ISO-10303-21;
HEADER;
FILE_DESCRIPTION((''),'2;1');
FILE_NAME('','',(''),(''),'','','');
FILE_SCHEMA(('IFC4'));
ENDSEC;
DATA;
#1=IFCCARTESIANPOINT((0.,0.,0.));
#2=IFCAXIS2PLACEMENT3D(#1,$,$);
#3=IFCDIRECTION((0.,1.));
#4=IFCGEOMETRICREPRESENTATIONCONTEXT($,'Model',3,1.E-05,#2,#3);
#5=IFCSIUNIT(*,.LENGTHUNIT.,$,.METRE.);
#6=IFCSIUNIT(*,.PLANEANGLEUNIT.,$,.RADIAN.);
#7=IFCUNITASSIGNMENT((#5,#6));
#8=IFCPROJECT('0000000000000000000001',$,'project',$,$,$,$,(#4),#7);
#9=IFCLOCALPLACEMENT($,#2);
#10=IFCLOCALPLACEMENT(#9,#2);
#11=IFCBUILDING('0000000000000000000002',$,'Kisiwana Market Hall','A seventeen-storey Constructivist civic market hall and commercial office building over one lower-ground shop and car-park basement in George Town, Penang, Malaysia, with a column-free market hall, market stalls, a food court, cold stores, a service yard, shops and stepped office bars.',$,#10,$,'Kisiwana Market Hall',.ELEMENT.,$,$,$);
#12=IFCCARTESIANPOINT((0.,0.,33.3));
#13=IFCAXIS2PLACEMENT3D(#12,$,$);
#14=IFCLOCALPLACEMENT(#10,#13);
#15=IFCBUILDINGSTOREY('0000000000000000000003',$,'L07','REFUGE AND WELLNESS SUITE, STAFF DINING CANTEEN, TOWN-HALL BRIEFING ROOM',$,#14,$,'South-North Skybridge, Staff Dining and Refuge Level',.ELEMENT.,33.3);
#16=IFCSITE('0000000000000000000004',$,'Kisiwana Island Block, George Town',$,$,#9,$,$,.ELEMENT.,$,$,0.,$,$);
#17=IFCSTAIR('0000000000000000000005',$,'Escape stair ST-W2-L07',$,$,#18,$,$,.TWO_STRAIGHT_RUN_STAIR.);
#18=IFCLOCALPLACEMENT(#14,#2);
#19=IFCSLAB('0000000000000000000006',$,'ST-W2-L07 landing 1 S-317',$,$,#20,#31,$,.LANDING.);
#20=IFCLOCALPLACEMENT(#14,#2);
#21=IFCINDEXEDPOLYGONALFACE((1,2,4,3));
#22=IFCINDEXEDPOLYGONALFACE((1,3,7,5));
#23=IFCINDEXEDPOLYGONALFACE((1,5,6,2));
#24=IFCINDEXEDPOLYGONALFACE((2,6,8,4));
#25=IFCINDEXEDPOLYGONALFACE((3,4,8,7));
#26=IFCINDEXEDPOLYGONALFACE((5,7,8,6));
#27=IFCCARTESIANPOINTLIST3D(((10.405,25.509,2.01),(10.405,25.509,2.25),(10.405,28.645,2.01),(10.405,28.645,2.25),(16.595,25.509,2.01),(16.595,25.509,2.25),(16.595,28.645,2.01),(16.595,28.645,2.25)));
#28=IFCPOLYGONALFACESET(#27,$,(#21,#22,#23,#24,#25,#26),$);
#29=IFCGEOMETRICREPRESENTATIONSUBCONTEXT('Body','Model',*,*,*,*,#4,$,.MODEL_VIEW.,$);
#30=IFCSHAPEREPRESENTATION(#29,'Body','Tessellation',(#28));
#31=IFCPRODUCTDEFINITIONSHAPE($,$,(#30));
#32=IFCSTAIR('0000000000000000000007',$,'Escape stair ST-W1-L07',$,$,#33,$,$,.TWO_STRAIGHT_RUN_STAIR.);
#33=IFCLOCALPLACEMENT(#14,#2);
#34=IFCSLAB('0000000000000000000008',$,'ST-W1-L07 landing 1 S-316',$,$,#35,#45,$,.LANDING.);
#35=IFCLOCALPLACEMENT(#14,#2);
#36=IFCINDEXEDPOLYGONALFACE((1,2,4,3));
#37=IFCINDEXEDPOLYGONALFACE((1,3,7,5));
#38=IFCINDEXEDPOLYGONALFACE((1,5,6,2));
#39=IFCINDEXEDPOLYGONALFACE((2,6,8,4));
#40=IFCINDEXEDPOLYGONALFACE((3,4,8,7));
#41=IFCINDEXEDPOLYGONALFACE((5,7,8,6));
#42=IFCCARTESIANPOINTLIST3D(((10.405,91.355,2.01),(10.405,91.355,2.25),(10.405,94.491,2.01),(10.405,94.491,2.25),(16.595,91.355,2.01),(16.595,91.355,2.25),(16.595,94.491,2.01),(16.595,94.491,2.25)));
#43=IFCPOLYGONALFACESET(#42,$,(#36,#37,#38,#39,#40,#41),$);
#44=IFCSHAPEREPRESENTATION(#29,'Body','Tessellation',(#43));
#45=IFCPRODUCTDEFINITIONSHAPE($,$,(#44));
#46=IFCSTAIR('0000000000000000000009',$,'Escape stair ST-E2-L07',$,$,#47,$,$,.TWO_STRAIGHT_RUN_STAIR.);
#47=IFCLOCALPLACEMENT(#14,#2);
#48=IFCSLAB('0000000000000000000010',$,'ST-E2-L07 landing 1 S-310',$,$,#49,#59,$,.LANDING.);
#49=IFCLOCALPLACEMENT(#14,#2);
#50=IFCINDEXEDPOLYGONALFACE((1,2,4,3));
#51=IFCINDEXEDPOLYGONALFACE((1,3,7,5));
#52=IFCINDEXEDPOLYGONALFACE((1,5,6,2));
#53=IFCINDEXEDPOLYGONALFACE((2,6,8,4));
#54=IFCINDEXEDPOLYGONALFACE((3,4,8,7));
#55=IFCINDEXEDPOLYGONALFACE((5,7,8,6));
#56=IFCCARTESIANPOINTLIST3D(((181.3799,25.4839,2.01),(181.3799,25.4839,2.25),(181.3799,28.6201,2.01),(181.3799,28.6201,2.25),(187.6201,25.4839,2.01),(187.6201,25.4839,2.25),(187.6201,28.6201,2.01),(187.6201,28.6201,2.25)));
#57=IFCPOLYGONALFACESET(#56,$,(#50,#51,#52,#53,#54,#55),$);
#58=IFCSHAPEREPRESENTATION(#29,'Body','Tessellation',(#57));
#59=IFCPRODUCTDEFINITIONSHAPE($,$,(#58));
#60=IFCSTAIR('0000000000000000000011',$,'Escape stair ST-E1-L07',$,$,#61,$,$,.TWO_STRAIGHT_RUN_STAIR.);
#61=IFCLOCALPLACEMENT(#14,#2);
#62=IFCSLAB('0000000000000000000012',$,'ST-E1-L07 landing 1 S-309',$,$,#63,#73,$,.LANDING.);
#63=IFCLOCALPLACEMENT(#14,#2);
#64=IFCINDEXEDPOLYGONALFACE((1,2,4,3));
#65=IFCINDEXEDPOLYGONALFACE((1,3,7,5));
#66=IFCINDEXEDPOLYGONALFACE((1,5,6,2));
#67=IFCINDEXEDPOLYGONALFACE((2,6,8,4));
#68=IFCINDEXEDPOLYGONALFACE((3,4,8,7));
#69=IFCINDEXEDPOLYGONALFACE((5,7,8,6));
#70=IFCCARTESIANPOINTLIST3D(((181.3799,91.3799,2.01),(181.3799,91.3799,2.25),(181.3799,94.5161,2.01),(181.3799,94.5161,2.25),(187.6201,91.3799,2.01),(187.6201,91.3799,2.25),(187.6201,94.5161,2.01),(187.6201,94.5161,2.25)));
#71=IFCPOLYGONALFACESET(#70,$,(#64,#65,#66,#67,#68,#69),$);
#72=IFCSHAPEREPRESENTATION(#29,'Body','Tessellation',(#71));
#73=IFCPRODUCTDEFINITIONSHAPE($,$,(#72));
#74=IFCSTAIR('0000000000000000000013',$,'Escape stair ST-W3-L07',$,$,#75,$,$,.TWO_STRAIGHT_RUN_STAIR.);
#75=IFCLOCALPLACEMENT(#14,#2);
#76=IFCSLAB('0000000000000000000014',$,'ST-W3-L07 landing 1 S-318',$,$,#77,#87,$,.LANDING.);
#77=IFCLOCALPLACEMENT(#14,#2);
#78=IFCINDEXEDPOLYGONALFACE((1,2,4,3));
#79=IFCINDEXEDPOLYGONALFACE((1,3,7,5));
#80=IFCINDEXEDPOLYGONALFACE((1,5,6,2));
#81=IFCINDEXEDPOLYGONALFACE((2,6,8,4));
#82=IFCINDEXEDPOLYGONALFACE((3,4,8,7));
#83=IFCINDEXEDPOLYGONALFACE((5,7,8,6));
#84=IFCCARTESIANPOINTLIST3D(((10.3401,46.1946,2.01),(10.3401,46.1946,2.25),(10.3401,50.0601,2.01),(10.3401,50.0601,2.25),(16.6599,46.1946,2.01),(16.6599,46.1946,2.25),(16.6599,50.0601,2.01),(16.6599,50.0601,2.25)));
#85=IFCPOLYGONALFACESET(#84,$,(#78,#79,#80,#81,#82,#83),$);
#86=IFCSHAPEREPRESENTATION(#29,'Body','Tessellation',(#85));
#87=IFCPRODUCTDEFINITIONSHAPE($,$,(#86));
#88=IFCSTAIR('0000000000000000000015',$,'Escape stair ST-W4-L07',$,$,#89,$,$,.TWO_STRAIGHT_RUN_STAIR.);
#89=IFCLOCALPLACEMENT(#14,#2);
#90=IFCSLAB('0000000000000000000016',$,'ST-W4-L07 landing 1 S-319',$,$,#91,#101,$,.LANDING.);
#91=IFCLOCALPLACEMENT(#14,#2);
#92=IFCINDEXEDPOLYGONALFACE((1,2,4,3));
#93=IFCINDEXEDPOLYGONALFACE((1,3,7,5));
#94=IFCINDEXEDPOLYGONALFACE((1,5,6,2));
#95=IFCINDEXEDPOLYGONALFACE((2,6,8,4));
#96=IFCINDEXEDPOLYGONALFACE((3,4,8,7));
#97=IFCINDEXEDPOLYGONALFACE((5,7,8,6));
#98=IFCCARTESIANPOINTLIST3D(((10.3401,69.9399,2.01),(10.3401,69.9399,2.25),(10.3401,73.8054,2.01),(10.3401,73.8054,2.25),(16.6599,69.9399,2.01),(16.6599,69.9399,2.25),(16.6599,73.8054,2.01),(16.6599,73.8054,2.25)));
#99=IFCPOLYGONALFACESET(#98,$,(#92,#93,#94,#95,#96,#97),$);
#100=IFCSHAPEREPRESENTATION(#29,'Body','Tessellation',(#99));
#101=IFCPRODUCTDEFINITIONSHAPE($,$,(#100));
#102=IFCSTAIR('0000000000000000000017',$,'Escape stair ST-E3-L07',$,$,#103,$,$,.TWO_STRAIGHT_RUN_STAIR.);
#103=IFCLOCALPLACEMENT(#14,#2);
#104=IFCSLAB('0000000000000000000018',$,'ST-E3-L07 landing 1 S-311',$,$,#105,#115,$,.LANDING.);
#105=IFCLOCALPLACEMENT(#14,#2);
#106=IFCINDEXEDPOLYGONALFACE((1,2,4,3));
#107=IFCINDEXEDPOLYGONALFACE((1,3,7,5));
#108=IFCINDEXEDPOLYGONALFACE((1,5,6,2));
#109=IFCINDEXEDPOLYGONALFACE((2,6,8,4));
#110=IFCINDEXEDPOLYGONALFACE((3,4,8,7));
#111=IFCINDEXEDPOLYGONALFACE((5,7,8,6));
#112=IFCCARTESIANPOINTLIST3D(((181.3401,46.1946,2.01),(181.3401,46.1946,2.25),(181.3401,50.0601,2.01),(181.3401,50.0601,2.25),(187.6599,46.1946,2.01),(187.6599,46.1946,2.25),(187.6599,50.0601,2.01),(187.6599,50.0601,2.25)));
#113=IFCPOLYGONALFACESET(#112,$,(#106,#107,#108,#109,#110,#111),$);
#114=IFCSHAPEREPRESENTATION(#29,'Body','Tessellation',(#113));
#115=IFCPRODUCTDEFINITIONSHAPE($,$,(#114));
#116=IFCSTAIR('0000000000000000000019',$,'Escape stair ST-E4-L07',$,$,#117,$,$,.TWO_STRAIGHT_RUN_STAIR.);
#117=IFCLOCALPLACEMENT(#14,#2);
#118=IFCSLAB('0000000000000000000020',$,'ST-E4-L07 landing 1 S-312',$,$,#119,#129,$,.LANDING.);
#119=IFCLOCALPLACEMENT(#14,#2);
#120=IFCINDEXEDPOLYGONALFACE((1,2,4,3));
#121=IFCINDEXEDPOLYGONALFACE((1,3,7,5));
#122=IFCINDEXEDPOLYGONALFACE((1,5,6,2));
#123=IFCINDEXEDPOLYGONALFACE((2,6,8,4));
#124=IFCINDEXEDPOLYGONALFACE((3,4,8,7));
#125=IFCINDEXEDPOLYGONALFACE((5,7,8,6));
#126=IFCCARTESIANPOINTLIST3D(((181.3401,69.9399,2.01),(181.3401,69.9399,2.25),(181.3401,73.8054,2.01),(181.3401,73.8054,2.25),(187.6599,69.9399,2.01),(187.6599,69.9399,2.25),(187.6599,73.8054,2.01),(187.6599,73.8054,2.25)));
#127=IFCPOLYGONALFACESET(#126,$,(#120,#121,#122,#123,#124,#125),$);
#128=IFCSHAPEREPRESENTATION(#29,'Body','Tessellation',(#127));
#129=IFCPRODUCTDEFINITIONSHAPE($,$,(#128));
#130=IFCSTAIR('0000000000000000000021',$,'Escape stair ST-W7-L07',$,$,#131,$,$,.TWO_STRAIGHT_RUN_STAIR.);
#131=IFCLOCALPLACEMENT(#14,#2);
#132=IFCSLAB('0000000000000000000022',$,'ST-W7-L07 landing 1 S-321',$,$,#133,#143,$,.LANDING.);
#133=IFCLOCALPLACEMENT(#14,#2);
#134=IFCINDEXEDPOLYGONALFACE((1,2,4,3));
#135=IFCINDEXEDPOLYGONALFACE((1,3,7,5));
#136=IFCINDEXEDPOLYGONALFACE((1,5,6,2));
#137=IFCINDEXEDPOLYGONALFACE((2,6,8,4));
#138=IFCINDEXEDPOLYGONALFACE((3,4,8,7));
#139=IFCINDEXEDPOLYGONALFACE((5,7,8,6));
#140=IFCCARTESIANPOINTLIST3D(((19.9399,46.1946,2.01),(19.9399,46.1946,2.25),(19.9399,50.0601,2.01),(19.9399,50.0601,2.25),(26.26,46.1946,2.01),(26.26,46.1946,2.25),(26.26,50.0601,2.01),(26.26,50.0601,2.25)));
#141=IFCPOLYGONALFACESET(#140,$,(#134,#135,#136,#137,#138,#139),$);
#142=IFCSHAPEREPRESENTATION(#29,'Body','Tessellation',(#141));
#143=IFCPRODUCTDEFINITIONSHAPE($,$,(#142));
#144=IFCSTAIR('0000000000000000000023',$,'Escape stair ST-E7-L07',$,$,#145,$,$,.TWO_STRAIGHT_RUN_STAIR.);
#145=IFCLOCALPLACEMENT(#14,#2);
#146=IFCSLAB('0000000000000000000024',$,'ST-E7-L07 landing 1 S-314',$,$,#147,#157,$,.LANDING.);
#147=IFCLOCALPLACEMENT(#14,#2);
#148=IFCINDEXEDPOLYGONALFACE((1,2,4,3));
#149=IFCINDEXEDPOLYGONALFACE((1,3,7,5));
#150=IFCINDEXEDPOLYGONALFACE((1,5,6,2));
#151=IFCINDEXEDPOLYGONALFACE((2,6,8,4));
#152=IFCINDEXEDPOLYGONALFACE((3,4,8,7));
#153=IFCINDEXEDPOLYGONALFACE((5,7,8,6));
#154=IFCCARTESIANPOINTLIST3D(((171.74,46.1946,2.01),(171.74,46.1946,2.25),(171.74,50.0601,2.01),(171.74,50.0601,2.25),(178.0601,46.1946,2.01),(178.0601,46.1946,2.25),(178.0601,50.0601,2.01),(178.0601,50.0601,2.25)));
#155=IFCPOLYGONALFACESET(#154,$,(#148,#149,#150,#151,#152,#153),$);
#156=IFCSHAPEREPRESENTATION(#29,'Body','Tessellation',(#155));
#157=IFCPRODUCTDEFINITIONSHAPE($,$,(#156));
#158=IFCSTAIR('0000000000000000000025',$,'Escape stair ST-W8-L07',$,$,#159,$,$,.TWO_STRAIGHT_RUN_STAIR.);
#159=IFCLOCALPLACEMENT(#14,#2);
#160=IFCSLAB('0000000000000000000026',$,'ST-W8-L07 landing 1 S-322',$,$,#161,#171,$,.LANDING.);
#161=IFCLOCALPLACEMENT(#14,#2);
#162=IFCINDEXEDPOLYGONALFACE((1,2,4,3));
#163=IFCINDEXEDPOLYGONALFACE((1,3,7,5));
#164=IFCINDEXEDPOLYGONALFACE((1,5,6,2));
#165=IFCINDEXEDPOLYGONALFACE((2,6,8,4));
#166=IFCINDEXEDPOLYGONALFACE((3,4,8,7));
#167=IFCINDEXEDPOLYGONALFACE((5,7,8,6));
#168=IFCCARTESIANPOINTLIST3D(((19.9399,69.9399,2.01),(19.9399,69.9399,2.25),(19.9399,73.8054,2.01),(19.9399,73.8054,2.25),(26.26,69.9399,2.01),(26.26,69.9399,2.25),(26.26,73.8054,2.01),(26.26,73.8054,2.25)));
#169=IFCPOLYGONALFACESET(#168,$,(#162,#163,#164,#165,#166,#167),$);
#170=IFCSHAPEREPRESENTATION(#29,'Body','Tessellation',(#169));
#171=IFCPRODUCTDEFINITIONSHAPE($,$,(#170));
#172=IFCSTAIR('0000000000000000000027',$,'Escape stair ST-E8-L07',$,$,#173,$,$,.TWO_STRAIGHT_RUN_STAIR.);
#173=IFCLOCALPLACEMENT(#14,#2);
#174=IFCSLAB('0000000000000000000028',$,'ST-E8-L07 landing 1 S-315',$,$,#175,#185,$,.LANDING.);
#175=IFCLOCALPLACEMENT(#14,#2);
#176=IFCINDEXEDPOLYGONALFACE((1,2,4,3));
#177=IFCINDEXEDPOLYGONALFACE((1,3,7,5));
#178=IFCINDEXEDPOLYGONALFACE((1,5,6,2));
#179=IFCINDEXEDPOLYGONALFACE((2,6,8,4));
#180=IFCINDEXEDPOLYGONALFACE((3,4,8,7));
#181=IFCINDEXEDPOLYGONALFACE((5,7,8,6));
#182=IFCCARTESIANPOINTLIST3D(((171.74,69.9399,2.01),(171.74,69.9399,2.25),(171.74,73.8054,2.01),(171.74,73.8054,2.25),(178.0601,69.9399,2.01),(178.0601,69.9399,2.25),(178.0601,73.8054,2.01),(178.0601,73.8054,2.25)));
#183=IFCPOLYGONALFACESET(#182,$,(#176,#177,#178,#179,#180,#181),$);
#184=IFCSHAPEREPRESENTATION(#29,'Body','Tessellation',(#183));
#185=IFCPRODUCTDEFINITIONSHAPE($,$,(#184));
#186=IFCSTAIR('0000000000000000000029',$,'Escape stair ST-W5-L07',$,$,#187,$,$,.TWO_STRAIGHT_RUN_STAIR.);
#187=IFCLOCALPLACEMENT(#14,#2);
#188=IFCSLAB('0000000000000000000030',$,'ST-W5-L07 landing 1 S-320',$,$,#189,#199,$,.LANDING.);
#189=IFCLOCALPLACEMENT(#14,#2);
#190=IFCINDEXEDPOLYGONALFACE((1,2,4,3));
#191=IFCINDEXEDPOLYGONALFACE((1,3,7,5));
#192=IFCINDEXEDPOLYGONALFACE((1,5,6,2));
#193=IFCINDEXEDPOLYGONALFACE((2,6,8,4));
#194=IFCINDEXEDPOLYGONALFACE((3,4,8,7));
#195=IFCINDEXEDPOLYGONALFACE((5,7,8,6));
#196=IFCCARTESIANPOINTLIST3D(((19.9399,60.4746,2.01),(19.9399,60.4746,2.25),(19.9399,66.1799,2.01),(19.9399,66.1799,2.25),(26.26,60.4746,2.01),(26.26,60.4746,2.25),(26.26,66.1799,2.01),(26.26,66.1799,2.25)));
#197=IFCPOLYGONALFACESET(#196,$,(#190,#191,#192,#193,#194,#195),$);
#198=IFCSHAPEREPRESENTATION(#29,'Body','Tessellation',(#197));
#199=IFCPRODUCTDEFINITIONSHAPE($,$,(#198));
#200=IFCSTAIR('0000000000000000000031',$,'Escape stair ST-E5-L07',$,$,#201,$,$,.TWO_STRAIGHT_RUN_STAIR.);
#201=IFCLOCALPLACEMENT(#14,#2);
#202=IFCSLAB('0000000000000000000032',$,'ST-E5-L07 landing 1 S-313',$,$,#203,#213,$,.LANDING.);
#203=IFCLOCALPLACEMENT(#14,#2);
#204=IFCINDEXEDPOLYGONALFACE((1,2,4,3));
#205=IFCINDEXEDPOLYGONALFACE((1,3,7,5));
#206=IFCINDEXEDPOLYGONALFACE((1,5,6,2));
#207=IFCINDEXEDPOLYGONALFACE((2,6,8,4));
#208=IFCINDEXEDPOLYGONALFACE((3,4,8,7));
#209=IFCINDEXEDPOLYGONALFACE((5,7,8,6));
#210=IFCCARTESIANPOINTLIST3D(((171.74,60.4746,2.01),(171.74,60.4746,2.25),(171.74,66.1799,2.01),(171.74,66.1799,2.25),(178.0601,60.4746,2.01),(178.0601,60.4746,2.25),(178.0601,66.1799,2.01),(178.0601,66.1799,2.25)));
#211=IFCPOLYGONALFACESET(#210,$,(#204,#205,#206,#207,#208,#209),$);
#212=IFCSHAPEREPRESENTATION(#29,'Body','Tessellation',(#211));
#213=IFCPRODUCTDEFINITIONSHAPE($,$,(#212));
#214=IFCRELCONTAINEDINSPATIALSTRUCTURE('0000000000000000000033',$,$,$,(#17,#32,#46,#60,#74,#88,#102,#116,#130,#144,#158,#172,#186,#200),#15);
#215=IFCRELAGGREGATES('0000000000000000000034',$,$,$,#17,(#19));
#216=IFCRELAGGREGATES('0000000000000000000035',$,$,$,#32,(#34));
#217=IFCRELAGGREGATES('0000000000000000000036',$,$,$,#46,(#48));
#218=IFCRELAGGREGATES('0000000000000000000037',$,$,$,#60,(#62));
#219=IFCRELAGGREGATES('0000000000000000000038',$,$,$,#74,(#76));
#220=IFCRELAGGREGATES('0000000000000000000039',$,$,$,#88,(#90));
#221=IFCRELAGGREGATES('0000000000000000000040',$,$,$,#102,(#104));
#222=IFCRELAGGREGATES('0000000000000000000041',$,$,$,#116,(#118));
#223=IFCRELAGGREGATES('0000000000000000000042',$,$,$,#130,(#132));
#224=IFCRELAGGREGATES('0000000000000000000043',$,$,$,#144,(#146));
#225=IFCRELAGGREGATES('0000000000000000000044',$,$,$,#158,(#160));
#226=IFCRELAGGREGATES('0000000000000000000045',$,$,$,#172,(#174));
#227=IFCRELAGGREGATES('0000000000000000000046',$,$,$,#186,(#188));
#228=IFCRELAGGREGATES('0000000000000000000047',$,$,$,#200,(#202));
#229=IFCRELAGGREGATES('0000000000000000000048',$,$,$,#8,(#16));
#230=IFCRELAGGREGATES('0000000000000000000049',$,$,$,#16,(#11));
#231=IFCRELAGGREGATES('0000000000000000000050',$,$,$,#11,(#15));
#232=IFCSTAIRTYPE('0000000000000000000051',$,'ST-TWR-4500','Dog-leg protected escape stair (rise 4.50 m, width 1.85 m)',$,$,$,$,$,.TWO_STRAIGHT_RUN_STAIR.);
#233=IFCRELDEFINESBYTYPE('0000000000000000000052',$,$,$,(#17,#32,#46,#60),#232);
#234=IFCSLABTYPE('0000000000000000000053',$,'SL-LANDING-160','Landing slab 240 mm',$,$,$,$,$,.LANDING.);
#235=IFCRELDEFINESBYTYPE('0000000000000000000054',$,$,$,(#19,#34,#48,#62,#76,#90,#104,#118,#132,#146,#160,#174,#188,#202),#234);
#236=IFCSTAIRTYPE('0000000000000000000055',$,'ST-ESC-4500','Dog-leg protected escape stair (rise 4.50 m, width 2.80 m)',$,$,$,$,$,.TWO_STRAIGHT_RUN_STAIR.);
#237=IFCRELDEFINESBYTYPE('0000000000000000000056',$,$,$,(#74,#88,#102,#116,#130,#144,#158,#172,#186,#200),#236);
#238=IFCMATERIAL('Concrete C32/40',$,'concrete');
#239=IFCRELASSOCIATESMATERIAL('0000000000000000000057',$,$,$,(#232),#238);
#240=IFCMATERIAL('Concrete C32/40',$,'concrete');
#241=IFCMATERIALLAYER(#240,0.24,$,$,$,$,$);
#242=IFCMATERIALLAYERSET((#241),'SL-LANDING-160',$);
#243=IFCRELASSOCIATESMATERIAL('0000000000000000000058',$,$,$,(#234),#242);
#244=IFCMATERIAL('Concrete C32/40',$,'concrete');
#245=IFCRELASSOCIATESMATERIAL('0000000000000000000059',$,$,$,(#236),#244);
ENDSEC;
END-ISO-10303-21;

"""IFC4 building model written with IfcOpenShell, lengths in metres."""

from ifc_helpers import new_model, si_unit, direction, frame, origin, place, context, subcontext, project, spatial, polyline, outline, extrude, material, layer, layer_set, type_object, element, aggregate, save


model = new_model("IFC4")

# Units and contexts
model_context = context("Model", 3, precision=1e-05, world=origin(), true_north=direction((0.0, 1.0)))
body_context = subcontext(model_context, "Body", "Model", "MODEL_VIEW")
ifc_project = project(units=[si_unit("LENGTHUNIT", "METRE"), si_unit("PLANEANGLEUNIT", "RADIAN")], contexts=[model_context])

# Site, building, storey
site_placement = place(None, origin())
site = spatial("IfcSite", under=ifc_project, at=site_placement, Name="Kisiwana Island Block, George Town", CompositionType="ELEMENT", RefElevation=0.0)
building_placement = place(site_placement, origin())
building = spatial("IfcBuilding", under=site, at=building_placement, Name="Kisiwana Market Hall", Description="A seventeen-storey Constructivist civic market hall and commercial office building over one lower-ground shop and car-park basement in George Town, Penang, Malaysia, with a column-free market hall, market stalls, a food court, cold stores, a service yard, shops and stepped office bars.", LongName="Kisiwana Market Hall", CompositionType="ELEMENT")
storey_placement = place(building_placement, frame((0.0, 0.0, 33.3)))
storey = spatial("IfcBuildingStorey", under=building, at=storey_placement, Name="L07", Description="REFUGE AND WELLNESS SUITE, STAFF DINING CANTEEN, TOWN-HALL BRIEFING ROOM", LongName="South-North Skybridge, Staff Dining and Refuge Level", CompositionType="ELEMENT", Elevation=33.3)

# Stairs, slabs
ifc_material_1 = material(Name="Concrete C32/40", Category="concrete")
stair_type_1 = type_object("IfcStairType", Name="ST-TWR-4500", Description="Dog-leg protected escape stair (rise 4.50 m, width 1.85 m)", PredefinedType="TWO_STRAIGHT_RUN_STAIR", material=ifc_material_1)
stair_1_placement = place(storey_placement, origin())
stair_1 = element("IfcStair", 1, at=stair_1_placement, inside=storey, type_object=stair_type_1, Name="Escape stair ST-W2-L07", PredefinedType="TWO_STRAIGHT_RUN_STAIR")
ifc_material_2 = material(Name="Concrete C32/40", Category="concrete")
ifc_layer_1 = layer(ifc_material_2, 0.24)
ifc_layer_set_1 = layer_set([ifc_layer_1], Name="SL-LANDING-160")
slab_type_1 = type_object("IfcSlabType", Name="SL-LANDING-160", Description="Landing slab 240 mm", PredefinedType="LANDING", material=ifc_layer_set_1)
slab_1_placement = place(storey_placement, frame((0.0, 0.0, 2.01)))
slab_1 = element("IfcSlab", 2, at=slab_1_placement, type_object=slab_type_1, Name="ST-W2-L07 landing 1 S-317", PredefinedType="LANDING", context=body_context, shape_type="SweptSolid", body=[
    extrude(outline(polyline([(10.405, 25.509), (16.595, 25.509), (16.595, 28.645), (10.405, 28.645), (10.405, 25.509)])), origin(), (0.0, 0.0, 1.0), 0.24),
])
aggregate(stair_1, [slab_1])
stair_2_placement = place(storey_placement, origin())
stair_2 = element("IfcStair", 3, at=stair_2_placement, inside=storey, type_object=stair_type_1, Name="Escape stair ST-W1-L07", PredefinedType="TWO_STRAIGHT_RUN_STAIR")
slab_2_placement = place(storey_placement, frame((0.0, 0.0, 2.01)))
slab_2 = element("IfcSlab", 4, at=slab_2_placement, type_object=slab_type_1, Name="ST-W1-L07 landing 1 S-316", PredefinedType="LANDING", context=body_context, shape_type="SweptSolid", body=[
    extrude(outline(polyline([(10.405, 91.355), (16.595, 91.355), (16.595, 94.491), (10.405, 94.491), (10.405, 91.355)])), origin(), (0.0, 0.0, 1.0), 0.24),
])
aggregate(stair_2, [slab_2])
stair_3_placement = place(storey_placement, origin())
stair_3 = element("IfcStair", 5, at=stair_3_placement, inside=storey, type_object=stair_type_1, Name="Escape stair ST-E2-L07", PredefinedType="TWO_STRAIGHT_RUN_STAIR")
slab_3_placement = place(storey_placement, frame((0.0, 0.0, 2.01)))
slab_3 = element("IfcSlab", 6, at=slab_3_placement, type_object=slab_type_1, Name="ST-E2-L07 landing 1 S-310", PredefinedType="LANDING", context=body_context, shape_type="SweptSolid", body=[
    extrude(outline(polyline([(181.3799, 25.4839), (187.6201, 25.4839), (187.6201, 28.6201), (181.3799, 28.6201), (181.3799, 25.4839)])), origin(), (0.0, 0.0, 1.0), 0.24),
])
aggregate(stair_3, [slab_3])
stair_4_placement = place(storey_placement, origin())
stair_4 = element("IfcStair", 7, at=stair_4_placement, inside=storey, type_object=stair_type_1, Name="Escape stair ST-E1-L07", PredefinedType="TWO_STRAIGHT_RUN_STAIR")
slab_4_placement = place(storey_placement, frame((0.0, 0.0, 2.01)))
slab_4 = element("IfcSlab", 8, at=slab_4_placement, type_object=slab_type_1, Name="ST-E1-L07 landing 1 S-309", PredefinedType="LANDING", context=body_context, shape_type="SweptSolid", body=[
    extrude(outline(polyline([(181.3799, 91.3799), (187.6201, 91.3799), (187.6201, 94.5161), (181.3799, 94.5161), (181.3799, 91.3799)])), origin(), (0.0, 0.0, 1.0), 0.24),
])
aggregate(stair_4, [slab_4])
ifc_material_3 = material(Name="Concrete C32/40", Category="concrete")
stair_type_2 = type_object("IfcStairType", Name="ST-ESC-4500", Description="Dog-leg protected escape stair (rise 4.50 m, width 2.80 m)", PredefinedType="TWO_STRAIGHT_RUN_STAIR", material=ifc_material_3)
stair_5_placement = place(storey_placement, origin())
stair_5 = element("IfcStair", 9, at=stair_5_placement, inside=storey, type_object=stair_type_2, Name="Escape stair ST-W3-L07", PredefinedType="TWO_STRAIGHT_RUN_STAIR")
slab_5_placement = place(storey_placement, frame((0.0, 0.0, 2.01)))
slab_5 = element("IfcSlab", 10, at=slab_5_placement, type_object=slab_type_1, Name="ST-W3-L07 landing 1 S-318", PredefinedType="LANDING", context=body_context, shape_type="SweptSolid", body=[
    extrude(outline(polyline([(10.3401, 46.1946), (16.6599, 46.1946), (16.6599, 50.0601), (10.3401, 50.0601), (10.3401, 46.1946)])), origin(), (0.0, 0.0, 1.0), 0.24),
])
aggregate(stair_5, [slab_5])
stair_6_placement = place(storey_placement, origin())
stair_6 = element("IfcStair", 11, at=stair_6_placement, inside=storey, type_object=stair_type_2, Name="Escape stair ST-W4-L07", PredefinedType="TWO_STRAIGHT_RUN_STAIR")
slab_6_placement = place(storey_placement, frame((0.0, 0.0, 2.01)))
slab_6 = element("IfcSlab", 12, at=slab_6_placement, type_object=slab_type_1, Name="ST-W4-L07 landing 1 S-319", PredefinedType="LANDING", context=body_context, shape_type="SweptSolid", body=[
    extrude(outline(polyline([(10.3401, 69.9399), (16.6599, 69.9399), (16.6599, 73.8054), (10.3401, 73.8054), (10.3401, 69.9399)])), origin(), (0.0, 0.0, 1.0), 0.24),
])
aggregate(stair_6, [slab_6])
stair_7_placement = place(storey_placement, origin())
stair_7 = element("IfcStair", 13, at=stair_7_placement, inside=storey, type_object=stair_type_2, Name="Escape stair ST-E3-L07", PredefinedType="TWO_STRAIGHT_RUN_STAIR")
slab_7_placement = place(storey_placement, frame((0.0, 0.0, 2.01)))
slab_7 = element("IfcSlab", 14, at=slab_7_placement, type_object=slab_type_1, Name="ST-E3-L07 landing 1 S-311", PredefinedType="LANDING", context=body_context, shape_type="SweptSolid", body=[
    extrude(outline(polyline([(181.3401, 46.1946), (187.6599, 46.1946), (187.6599, 50.0601), (181.3401, 50.0601), (181.3401, 46.1946)])), origin(), (0.0, 0.0, 1.0), 0.24),
])
aggregate(stair_7, [slab_7])
stair_8_placement = place(storey_placement, origin())
stair_8 = element("IfcStair", 15, at=stair_8_placement, inside=storey, type_object=stair_type_2, Name="Escape stair ST-E4-L07", PredefinedType="TWO_STRAIGHT_RUN_STAIR")
slab_8_placement = place(storey_placement, frame((0.0, 0.0, 2.01)))
slab_8 = element("IfcSlab", 16, at=slab_8_placement, type_object=slab_type_1, Name="ST-E4-L07 landing 1 S-312", PredefinedType="LANDING", context=body_context, shape_type="SweptSolid", body=[
    extrude(outline(polyline([(181.3401, 69.9399), (187.6599, 69.9399), (187.6599, 73.8054), (181.3401, 73.8054), (181.3401, 69.9399)])), origin(), (0.0, 0.0, 1.0), 0.24),
])
aggregate(stair_8, [slab_8])
stair_9_placement = place(storey_placement, origin())
stair_9 = element("IfcStair", 17, at=stair_9_placement, inside=storey, type_object=stair_type_2, Name="Escape stair ST-W7-L07", PredefinedType="TWO_STRAIGHT_RUN_STAIR")
slab_9_placement = place(storey_placement, frame((0.0, 0.0, 2.01)))
slab_9 = element("IfcSlab", 18, at=slab_9_placement, type_object=slab_type_1, Name="ST-W7-L07 landing 1 S-321", PredefinedType="LANDING", context=body_context, shape_type="SweptSolid", body=[
    extrude(outline(polyline([(19.9399, 46.1946), (26.26, 46.1946), (26.26, 50.0601), (19.9399, 50.0601), (19.9399, 46.1946)])), origin(), (0.0, 0.0, 1.0), 0.24),
])
aggregate(stair_9, [slab_9])
stair_10_placement = place(storey_placement, origin())
stair_10 = element("IfcStair", 19, at=stair_10_placement, inside=storey, type_object=stair_type_2, Name="Escape stair ST-E7-L07", PredefinedType="TWO_STRAIGHT_RUN_STAIR")
slab_10_placement = place(storey_placement, frame((0.0, 0.0, 2.01)))
slab_10 = element("IfcSlab", 20, at=slab_10_placement, type_object=slab_type_1, Name="ST-E7-L07 landing 1 S-314", PredefinedType="LANDING", context=body_context, shape_type="SweptSolid", body=[
    extrude(outline(polyline([(171.74, 46.1946), (178.0601, 46.1946), (178.0601, 50.0601), (171.74, 50.0601), (171.74, 46.1946)])), origin(), (0.0, 0.0, 1.0), 0.24),
])
aggregate(stair_10, [slab_10])
stair_11_placement = place(storey_placement, origin())
stair_11 = element("IfcStair", 21, at=stair_11_placement, inside=storey, type_object=stair_type_2, Name="Escape stair ST-W8-L07", PredefinedType="TWO_STRAIGHT_RUN_STAIR")
slab_11_placement = place(storey_placement, frame((0.0, 0.0, 2.01)))
slab_11 = element("IfcSlab", 22, at=slab_11_placement, type_object=slab_type_1, Name="ST-W8-L07 landing 1 S-322", PredefinedType="LANDING", context=body_context, shape_type="SweptSolid", body=[
    extrude(outline(polyline([(19.9399, 69.9399), (26.26, 69.9399), (26.26, 73.8054), (19.9399, 73.8054), (19.9399, 69.9399)])), origin(), (0.0, 0.0, 1.0), 0.24),
])
aggregate(stair_11, [slab_11])
stair_12_placement = place(storey_placement, origin())
stair_12 = element("IfcStair", 23, at=stair_12_placement, inside=storey, type_object=stair_type_2, Name="Escape stair ST-E8-L07", PredefinedType="TWO_STRAIGHT_RUN_STAIR")
slab_12_placement = place(storey_placement, frame((0.0, 0.0, 2.01)))
slab_12 = element("IfcSlab", 24, at=slab_12_placement, type_object=slab_type_1, Name="ST-E8-L07 landing 1 S-315", PredefinedType="LANDING", context=body_context, shape_type="SweptSolid", body=[
    extrude(outline(polyline([(171.74, 69.9399), (178.0601, 69.9399), (178.0601, 73.8054), (171.74, 73.8054), (171.74, 69.9399)])), origin(), (0.0, 0.0, 1.0), 0.24),
])
aggregate(stair_12, [slab_12])
stair_13_placement = place(storey_placement, origin())
stair_13 = element("IfcStair", 25, at=stair_13_placement, inside=storey, type_object=stair_type_2, Name="Escape stair ST-W5-L07", PredefinedType="TWO_STRAIGHT_RUN_STAIR")
slab_13_placement = place(storey_placement, frame((0.0, 0.0, 2.01)))
slab_13 = element("IfcSlab", 26, at=slab_13_placement, type_object=slab_type_1, Name="ST-W5-L07 landing 1 S-320", PredefinedType="LANDING", context=body_context, shape_type="SweptSolid", body=[
    extrude(outline(polyline([(19.9399, 60.4746), (26.26, 60.4746), (26.26, 66.1799), (19.9399, 66.1799), (19.9399, 60.4746)])), origin(), (0.0, 0.0, 1.0), 0.24),
])
aggregate(stair_13, [slab_13])
stair_14_placement = place(storey_placement, origin())
stair_14 = element("IfcStair", 27, at=stair_14_placement, inside=storey, type_object=stair_type_2, Name="Escape stair ST-E5-L07", PredefinedType="TWO_STRAIGHT_RUN_STAIR")
slab_14_placement = place(storey_placement, frame((0.0, 0.0, 2.01)))
slab_14 = element("IfcSlab", 28, at=slab_14_placement, type_object=slab_type_1, Name="ST-E5-L07 landing 1 S-313", PredefinedType="LANDING", context=body_context, shape_type="SweptSolid", body=[
    extrude(outline(polyline([(171.74, 60.4746), (178.0601, 60.4746), (178.0601, 66.1799), (171.74, 66.1799), (171.74, 60.4746)])), origin(), (0.0, 0.0, 1.0), 0.24),
])
aggregate(stair_14, [slab_14])

save(model, "model.ifc")
